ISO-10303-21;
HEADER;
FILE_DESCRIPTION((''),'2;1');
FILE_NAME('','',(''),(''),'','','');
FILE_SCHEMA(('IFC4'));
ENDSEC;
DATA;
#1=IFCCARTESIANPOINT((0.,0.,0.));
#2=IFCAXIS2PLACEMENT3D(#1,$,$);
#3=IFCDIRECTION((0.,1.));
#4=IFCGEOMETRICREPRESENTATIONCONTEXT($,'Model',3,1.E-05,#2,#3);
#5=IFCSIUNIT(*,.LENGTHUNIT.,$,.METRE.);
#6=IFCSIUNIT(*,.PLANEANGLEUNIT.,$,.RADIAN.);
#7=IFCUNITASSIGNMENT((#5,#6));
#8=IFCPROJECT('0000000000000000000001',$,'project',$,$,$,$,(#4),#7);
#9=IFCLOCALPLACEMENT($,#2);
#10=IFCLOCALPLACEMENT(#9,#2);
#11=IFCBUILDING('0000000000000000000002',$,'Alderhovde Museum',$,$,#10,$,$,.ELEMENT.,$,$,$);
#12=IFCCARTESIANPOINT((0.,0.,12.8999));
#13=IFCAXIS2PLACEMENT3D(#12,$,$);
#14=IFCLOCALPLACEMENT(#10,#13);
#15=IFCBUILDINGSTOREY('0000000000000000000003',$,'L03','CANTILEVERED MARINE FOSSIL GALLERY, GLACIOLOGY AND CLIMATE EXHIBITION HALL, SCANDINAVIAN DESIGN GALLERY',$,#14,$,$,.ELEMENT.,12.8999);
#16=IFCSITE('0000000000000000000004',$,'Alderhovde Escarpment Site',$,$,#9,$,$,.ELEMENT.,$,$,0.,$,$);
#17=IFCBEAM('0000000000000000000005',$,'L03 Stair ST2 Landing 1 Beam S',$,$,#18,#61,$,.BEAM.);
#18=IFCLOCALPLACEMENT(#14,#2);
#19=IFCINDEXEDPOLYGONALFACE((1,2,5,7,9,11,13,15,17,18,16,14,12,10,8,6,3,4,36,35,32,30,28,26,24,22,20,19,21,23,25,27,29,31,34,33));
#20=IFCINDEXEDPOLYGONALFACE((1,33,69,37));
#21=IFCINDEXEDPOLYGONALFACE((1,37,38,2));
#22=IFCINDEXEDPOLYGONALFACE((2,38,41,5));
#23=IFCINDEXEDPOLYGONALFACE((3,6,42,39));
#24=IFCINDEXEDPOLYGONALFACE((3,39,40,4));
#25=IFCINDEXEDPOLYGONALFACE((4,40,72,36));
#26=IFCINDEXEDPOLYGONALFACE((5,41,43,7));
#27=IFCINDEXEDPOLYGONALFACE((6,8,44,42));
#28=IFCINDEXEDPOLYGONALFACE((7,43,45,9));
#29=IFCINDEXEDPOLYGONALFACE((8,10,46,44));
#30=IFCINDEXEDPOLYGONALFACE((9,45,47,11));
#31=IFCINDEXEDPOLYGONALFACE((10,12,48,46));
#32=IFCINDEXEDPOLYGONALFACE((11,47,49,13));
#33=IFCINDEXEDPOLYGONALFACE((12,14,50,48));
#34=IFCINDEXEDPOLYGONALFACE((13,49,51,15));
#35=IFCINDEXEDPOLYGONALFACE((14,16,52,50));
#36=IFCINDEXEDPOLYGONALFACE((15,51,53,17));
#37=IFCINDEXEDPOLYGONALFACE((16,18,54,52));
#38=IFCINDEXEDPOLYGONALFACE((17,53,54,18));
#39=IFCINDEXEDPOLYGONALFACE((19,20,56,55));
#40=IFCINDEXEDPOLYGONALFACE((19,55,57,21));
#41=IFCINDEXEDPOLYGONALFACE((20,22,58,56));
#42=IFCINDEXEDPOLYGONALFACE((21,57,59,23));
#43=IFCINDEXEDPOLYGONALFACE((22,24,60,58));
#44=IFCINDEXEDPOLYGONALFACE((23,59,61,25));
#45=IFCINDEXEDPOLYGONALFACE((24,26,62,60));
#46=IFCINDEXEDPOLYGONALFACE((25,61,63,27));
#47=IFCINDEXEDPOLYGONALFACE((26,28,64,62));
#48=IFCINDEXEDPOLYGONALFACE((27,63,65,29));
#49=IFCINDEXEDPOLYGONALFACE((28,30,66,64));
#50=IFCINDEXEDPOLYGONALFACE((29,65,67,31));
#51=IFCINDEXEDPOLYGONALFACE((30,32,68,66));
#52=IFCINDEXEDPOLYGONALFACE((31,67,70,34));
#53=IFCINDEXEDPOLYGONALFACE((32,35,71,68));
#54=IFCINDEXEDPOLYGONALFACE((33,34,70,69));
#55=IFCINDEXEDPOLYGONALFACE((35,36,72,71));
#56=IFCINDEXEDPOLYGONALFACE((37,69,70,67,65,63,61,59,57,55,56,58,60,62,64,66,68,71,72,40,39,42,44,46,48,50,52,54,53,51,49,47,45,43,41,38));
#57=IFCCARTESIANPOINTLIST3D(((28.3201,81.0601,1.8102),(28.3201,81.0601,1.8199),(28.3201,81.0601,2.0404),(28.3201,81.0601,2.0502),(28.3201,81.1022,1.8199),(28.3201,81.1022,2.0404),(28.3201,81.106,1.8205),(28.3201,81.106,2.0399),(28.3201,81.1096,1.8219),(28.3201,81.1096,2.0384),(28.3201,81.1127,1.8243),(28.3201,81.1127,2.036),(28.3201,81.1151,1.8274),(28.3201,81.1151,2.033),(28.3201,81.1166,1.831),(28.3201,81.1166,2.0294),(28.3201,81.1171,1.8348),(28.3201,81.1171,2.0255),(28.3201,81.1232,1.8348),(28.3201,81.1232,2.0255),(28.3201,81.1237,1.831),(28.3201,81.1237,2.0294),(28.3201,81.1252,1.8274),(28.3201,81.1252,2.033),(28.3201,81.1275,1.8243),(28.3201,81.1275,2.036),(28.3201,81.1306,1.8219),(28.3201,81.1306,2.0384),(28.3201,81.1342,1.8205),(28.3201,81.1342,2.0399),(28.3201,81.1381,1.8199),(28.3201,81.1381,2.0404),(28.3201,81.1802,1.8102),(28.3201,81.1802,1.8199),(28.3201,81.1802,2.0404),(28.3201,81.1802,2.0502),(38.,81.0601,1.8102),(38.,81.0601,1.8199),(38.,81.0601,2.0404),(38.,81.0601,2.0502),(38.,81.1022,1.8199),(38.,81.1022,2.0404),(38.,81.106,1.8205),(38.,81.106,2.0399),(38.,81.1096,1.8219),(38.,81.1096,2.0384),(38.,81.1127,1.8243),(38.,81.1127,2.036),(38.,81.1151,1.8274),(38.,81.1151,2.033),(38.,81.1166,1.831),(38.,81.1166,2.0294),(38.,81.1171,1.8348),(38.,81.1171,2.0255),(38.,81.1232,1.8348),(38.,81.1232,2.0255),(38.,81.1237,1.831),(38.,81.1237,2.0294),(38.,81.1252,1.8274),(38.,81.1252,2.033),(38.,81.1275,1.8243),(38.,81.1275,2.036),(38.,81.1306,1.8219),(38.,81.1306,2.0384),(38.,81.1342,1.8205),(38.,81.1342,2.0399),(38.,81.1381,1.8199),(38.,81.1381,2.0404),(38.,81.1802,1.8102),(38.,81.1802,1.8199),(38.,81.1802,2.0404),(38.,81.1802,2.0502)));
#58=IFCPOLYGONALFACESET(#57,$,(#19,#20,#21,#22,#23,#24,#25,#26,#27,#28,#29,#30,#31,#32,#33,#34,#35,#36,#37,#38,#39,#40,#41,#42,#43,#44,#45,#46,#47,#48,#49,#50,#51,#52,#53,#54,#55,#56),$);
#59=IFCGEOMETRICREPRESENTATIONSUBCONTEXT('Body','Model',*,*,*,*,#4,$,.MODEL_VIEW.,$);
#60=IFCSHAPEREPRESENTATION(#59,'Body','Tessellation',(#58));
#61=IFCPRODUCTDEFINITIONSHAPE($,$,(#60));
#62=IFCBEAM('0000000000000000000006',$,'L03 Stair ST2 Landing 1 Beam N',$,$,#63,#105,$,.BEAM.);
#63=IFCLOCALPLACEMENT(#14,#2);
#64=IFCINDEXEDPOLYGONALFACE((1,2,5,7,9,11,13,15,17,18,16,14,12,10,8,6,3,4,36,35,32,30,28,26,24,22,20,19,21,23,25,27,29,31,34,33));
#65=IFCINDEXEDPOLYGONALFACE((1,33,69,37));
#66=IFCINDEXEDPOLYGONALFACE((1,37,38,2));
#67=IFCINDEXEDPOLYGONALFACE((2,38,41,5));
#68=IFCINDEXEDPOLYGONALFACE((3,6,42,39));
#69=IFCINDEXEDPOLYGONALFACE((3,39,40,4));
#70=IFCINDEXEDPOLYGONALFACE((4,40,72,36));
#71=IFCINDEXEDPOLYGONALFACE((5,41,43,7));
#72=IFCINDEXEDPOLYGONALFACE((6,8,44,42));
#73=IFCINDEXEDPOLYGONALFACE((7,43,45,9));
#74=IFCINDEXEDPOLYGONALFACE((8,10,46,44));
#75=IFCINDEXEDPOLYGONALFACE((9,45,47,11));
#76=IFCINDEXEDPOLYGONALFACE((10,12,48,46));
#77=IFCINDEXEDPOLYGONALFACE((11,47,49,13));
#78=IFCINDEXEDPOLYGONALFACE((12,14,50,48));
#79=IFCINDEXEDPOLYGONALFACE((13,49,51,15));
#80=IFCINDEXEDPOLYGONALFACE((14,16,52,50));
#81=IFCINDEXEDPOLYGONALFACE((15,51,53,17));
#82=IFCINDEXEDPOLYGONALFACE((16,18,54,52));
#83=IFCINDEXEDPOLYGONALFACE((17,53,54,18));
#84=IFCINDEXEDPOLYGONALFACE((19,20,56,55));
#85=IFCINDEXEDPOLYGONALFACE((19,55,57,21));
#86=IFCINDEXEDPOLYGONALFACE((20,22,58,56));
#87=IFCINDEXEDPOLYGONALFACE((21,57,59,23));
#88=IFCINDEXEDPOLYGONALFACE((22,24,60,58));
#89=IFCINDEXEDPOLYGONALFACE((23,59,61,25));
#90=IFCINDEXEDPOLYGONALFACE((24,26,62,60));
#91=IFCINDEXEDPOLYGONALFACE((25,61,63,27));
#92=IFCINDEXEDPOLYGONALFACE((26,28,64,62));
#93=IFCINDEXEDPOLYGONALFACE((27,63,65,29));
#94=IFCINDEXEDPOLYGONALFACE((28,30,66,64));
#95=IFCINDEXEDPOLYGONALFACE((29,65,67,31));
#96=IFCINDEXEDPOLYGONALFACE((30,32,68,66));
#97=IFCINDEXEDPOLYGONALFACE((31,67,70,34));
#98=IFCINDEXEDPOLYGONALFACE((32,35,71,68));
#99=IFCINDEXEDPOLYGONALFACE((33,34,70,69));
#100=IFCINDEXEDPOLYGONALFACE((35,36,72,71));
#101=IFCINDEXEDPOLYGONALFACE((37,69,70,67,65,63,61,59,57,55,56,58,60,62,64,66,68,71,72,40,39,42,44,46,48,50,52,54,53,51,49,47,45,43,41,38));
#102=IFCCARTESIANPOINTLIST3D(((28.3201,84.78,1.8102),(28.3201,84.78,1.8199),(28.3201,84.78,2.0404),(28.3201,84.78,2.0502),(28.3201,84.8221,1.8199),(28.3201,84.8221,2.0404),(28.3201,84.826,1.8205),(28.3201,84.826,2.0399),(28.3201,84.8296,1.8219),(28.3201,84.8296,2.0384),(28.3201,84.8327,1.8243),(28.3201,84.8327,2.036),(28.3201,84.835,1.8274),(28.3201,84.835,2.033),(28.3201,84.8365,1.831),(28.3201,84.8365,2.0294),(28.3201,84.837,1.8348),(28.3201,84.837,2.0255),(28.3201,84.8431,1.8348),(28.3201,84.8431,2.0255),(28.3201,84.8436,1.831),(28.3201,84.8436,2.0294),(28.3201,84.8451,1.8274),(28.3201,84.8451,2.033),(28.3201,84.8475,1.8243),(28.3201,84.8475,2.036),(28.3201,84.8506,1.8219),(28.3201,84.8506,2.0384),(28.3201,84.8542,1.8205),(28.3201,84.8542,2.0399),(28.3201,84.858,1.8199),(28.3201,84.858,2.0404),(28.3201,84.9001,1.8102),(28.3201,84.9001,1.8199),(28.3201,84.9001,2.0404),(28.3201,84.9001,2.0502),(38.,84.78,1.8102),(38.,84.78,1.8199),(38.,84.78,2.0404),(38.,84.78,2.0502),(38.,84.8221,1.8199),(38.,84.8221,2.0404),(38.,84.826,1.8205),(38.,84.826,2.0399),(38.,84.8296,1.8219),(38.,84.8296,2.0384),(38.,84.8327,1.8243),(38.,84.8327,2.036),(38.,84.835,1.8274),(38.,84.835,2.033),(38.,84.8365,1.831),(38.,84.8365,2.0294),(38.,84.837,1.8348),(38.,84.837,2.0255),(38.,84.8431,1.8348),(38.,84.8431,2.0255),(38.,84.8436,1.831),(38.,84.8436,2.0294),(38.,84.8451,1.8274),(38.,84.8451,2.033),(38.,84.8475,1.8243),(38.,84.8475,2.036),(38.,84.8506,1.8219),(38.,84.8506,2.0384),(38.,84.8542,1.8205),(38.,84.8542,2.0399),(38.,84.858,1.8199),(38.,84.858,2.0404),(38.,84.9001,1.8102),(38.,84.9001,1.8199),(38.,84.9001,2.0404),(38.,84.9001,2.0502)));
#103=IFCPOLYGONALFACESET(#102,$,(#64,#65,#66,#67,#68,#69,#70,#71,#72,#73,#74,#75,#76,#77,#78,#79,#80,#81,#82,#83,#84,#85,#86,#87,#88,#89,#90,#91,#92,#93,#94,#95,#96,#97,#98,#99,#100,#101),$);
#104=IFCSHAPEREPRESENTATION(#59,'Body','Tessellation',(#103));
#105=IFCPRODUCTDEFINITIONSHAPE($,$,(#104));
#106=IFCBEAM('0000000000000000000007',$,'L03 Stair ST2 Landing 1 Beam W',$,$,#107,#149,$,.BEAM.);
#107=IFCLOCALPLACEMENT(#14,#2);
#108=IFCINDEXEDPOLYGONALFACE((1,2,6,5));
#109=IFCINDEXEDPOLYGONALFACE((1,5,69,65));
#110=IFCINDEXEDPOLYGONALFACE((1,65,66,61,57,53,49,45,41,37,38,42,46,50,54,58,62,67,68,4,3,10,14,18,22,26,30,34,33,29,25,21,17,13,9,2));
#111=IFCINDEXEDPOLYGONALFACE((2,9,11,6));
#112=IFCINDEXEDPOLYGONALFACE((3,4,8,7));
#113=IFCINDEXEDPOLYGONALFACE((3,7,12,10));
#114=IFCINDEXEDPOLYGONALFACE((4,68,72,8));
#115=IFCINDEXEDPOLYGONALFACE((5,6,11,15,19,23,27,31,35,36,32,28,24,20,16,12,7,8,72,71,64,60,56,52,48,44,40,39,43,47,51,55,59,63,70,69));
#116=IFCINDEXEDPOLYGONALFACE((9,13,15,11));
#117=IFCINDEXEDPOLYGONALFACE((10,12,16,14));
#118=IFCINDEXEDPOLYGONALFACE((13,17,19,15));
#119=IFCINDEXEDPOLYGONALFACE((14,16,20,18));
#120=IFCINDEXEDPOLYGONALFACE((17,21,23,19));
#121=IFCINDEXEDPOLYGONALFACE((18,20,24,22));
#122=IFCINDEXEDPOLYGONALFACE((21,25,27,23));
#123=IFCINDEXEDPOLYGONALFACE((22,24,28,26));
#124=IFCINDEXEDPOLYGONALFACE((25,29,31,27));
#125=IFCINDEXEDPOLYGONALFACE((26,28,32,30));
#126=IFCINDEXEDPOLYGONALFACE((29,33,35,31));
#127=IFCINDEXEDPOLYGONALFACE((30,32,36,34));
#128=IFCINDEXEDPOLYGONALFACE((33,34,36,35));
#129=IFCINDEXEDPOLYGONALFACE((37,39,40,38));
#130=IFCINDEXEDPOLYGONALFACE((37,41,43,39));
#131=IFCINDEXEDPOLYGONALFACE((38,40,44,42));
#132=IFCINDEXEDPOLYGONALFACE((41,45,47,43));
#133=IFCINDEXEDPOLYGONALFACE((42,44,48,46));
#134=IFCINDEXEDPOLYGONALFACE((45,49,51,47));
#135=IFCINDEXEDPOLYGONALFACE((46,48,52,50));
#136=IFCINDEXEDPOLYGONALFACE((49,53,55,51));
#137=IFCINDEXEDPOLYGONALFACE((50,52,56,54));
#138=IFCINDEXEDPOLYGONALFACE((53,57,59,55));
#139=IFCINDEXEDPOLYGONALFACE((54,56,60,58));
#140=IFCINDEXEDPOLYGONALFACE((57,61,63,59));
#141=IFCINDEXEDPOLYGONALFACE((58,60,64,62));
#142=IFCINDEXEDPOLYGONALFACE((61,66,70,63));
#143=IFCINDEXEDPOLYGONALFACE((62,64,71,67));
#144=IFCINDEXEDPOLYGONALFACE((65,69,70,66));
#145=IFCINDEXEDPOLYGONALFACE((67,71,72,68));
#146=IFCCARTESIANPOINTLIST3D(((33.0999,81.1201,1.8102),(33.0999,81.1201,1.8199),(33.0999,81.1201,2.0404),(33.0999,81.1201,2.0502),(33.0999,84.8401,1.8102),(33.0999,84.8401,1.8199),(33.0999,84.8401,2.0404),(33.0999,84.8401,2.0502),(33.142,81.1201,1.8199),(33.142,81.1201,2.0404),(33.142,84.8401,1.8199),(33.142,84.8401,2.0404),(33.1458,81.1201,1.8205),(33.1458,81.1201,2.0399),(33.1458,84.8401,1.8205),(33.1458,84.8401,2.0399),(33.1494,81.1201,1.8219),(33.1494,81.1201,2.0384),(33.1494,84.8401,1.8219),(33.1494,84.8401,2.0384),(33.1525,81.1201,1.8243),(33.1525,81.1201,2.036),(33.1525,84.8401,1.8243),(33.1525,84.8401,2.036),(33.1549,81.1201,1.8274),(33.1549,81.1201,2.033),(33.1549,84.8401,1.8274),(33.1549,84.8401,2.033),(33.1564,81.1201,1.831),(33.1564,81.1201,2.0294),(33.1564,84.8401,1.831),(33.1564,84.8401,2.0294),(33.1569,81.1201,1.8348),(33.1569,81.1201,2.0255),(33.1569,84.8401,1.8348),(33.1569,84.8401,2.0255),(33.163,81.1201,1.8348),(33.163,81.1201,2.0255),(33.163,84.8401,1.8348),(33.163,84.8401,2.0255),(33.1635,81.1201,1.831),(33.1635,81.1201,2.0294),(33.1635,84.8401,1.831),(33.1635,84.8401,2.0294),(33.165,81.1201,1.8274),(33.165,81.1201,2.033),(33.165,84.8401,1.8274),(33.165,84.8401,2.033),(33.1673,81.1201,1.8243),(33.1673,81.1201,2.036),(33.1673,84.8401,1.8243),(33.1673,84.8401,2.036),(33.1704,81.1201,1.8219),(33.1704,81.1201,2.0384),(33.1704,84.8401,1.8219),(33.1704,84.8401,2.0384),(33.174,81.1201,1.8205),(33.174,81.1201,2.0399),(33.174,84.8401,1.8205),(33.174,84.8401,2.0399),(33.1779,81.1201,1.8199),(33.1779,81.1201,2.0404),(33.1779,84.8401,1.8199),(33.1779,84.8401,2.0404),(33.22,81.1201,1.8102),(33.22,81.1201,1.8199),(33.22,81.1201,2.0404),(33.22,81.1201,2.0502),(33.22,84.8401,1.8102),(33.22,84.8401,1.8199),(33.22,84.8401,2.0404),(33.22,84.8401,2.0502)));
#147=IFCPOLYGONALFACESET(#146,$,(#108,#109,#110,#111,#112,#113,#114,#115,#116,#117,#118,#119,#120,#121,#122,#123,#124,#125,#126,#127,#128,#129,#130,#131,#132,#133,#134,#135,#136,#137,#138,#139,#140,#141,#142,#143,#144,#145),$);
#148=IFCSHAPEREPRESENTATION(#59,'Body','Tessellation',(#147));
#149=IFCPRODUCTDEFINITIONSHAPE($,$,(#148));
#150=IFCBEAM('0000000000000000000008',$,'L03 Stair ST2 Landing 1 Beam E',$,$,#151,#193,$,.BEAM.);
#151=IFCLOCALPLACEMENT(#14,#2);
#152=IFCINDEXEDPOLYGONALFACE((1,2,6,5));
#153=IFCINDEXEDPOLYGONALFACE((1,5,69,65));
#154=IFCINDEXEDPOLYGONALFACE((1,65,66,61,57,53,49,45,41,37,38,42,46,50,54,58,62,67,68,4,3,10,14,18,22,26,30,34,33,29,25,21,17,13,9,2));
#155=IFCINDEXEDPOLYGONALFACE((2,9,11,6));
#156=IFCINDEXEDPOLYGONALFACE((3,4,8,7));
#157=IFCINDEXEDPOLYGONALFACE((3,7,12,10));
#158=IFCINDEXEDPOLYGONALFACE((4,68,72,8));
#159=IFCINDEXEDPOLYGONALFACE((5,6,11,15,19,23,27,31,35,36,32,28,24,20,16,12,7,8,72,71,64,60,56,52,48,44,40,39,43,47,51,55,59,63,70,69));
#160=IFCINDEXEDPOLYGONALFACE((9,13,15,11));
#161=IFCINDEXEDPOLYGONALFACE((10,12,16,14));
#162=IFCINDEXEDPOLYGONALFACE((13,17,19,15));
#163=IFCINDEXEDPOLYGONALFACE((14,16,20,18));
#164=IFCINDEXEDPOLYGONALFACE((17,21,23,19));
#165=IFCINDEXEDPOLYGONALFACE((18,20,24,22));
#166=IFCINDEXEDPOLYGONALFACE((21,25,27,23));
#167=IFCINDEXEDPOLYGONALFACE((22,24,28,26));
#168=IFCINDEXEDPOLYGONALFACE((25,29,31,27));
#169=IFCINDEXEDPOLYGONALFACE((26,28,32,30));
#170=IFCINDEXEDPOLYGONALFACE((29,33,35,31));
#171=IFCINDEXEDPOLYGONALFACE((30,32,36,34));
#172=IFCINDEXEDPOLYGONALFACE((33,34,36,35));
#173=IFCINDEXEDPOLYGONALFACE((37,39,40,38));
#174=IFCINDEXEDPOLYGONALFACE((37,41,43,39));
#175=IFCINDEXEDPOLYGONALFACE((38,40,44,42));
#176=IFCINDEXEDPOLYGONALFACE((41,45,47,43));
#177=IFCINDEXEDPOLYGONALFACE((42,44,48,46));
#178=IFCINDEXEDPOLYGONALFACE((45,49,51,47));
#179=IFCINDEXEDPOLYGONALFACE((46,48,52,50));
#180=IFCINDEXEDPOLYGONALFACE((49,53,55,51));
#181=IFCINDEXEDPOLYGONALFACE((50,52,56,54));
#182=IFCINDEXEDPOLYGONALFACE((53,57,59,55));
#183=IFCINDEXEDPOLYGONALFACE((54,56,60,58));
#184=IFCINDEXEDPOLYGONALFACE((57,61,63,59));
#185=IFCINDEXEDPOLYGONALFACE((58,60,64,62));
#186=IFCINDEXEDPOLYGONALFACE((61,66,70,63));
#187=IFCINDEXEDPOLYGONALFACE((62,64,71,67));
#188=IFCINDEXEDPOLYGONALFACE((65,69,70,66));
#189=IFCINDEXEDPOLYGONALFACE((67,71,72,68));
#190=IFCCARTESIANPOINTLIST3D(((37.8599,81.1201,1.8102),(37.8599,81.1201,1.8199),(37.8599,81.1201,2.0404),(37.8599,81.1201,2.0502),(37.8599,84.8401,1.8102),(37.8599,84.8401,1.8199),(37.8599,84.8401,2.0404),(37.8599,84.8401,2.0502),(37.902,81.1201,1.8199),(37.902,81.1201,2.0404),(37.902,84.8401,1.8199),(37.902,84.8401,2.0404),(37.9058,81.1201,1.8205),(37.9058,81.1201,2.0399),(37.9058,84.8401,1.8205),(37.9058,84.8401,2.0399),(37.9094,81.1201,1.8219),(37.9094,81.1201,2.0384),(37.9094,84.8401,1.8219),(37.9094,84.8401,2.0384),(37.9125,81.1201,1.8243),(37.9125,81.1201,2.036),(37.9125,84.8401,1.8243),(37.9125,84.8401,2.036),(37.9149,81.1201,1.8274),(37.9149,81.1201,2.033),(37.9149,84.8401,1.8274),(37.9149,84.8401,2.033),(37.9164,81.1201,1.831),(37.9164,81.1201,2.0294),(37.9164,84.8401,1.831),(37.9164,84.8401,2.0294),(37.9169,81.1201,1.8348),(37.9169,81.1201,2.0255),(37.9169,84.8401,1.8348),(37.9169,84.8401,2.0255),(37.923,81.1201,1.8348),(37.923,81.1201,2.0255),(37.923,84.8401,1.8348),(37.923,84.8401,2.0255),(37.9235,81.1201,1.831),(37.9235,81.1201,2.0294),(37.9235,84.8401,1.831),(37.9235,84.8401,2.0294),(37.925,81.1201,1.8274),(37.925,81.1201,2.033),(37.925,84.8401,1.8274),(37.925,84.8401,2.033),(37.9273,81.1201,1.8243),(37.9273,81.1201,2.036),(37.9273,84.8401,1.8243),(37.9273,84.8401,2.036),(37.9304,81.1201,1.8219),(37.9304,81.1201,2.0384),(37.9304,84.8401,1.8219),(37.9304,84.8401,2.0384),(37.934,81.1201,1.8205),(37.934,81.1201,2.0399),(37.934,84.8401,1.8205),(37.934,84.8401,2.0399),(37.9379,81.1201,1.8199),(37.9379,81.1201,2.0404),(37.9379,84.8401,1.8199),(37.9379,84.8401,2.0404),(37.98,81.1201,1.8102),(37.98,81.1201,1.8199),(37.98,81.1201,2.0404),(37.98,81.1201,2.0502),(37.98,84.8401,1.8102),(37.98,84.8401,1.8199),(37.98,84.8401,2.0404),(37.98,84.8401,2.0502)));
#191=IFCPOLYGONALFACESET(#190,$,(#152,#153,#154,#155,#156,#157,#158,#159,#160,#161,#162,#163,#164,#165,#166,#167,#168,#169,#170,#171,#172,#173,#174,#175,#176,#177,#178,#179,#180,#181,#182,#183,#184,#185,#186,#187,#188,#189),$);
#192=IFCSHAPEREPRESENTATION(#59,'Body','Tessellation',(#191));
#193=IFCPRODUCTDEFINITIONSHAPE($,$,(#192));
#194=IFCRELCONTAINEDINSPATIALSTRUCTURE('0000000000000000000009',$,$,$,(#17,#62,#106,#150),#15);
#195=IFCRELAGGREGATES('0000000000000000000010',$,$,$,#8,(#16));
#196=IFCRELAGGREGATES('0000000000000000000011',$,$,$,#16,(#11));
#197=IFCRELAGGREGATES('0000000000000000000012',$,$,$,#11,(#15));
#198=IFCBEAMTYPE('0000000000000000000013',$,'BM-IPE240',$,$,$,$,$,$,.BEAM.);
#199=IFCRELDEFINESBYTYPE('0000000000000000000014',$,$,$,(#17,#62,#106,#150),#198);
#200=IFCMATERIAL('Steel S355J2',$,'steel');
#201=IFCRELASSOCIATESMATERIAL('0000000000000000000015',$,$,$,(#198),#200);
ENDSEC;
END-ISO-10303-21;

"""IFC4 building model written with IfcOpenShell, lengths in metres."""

from ifc_helpers import new_model, si_unit, direction, frame, origin, origin_2d, place, context, subcontext, project, spatial, i_section, extrude, material, material_profile, profile_set, type_object, element, save


model = new_model("IFC4")

# Units and contexts
model_context = context("Model", 3, precision=1e-05, world=origin(), true_north=direction((0.0, 1.0)))
body_context = subcontext(model_context, "Body", "Model", "MODEL_VIEW")
ifc_project = project(units=[si_unit("LENGTHUNIT", "METRE"), si_unit("PLANEANGLEUNIT", "RADIAN")], contexts=[model_context])

# Site, building, storey
site_placement = place(None, origin())
site = spatial("IfcSite", under=ifc_project, at=site_placement, Name="Alderhovde Escarpment Site", CompositionType="ELEMENT", RefElevation=0.0)
building_placement = place(site_placement, origin())
building = spatial("IfcBuilding", under=site, at=building_placement, Name="Alderhovde Museum", CompositionType="ELEMENT")
storey_placement = place(building_placement, frame((0.0, 0.0, 12.8999)))
storey = spatial("IfcBuildingStorey", under=building, at=storey_placement, Name="L03", Description="CANTILEVERED MARINE FOSSIL GALLERY, GLACIOLOGY AND CLIMATE EXHIBITION HALL, SCANDINAVIAN DESIGN GALLERY", CompositionType="ELEMENT", Elevation=12.8999)

# Beams
ifc_material_1 = material(Name="Steel S355J2", Category="steel")
ifc_material_profile_1 = material_profile(ifc_material_1, i_section(OverallWidth=0.1201, OverallDepth=0.24, WebThickness=0.0061, FlangeThickness=0.0098, FilletRadius=0.0149, at=origin_2d()), Name="IPE 240")
ifc_profile_set_1 = profile_set([ifc_material_profile_1], Name="Steel S355J2")
beam_type_1 = type_object("IfcBeamType", Name="BM-IPE240", PredefinedType="BEAM", material=ifc_profile_set_1)
for number, where, z_axis, x_axis, name in (
    (1, (28.3201, 81.1201, 1.9302), (1.0, 0.0, 0.0), (0.0, 1.0, 0.0), "L03 Stair ST2 Landing 1 Beam S"),
    (2, (28.3201, 84.8401, 1.9302), (1.0, 0.0, 0.0), (0.0, 1.0, 0.0), "L03 Stair ST2 Landing 1 Beam N"),
):
    element("IfcBeam", number, at=place(storey_placement, frame(where, z_axis=z_axis, x_axis=x_axis)), inside=storey, type_object=beam_type_1, Name=name, PredefinedType="BEAM", context=body_context, shape_type="SweptSolid", body=[
        extrude(i_section(OverallWidth=0.1201, OverallDepth=0.24, WebThickness=0.0061, FlangeThickness=0.0098, FilletRadius=0.0149, at=origin_2d()), origin(), (0.0, 0.0, 1.0), 9.6799),
    ])
for number, where, z_axis, x_axis, name in (
    (3, (33.1599, 81.1201, 1.9302), (0.0, 1.0, 0.0), (-1.0, 0.0, 0.0), "L03 Stair ST2 Landing 1 Beam W"),
    (4, (37.9199, 81.1201, 1.9302), (0.0, 1.0, 0.0), (-1.0, 0.0, 0.0), "L03 Stair ST2 Landing 1 Beam E"),
):
    element("IfcBeam", number, at=place(storey_placement, frame(where, z_axis=z_axis, x_axis=x_axis)), inside=storey, type_object=beam_type_1, Name=name, PredefinedType="BEAM", context=body_context, shape_type="SweptSolid", body=[
        extrude(i_section(OverallWidth=0.1201, OverallDepth=0.24, WebThickness=0.0061, FlangeThickness=0.0098, FilletRadius=0.0149, at=origin_2d()), origin(), (0.0, 0.0, 1.0), 3.72),
    ])

save(model, "model.ifc")
